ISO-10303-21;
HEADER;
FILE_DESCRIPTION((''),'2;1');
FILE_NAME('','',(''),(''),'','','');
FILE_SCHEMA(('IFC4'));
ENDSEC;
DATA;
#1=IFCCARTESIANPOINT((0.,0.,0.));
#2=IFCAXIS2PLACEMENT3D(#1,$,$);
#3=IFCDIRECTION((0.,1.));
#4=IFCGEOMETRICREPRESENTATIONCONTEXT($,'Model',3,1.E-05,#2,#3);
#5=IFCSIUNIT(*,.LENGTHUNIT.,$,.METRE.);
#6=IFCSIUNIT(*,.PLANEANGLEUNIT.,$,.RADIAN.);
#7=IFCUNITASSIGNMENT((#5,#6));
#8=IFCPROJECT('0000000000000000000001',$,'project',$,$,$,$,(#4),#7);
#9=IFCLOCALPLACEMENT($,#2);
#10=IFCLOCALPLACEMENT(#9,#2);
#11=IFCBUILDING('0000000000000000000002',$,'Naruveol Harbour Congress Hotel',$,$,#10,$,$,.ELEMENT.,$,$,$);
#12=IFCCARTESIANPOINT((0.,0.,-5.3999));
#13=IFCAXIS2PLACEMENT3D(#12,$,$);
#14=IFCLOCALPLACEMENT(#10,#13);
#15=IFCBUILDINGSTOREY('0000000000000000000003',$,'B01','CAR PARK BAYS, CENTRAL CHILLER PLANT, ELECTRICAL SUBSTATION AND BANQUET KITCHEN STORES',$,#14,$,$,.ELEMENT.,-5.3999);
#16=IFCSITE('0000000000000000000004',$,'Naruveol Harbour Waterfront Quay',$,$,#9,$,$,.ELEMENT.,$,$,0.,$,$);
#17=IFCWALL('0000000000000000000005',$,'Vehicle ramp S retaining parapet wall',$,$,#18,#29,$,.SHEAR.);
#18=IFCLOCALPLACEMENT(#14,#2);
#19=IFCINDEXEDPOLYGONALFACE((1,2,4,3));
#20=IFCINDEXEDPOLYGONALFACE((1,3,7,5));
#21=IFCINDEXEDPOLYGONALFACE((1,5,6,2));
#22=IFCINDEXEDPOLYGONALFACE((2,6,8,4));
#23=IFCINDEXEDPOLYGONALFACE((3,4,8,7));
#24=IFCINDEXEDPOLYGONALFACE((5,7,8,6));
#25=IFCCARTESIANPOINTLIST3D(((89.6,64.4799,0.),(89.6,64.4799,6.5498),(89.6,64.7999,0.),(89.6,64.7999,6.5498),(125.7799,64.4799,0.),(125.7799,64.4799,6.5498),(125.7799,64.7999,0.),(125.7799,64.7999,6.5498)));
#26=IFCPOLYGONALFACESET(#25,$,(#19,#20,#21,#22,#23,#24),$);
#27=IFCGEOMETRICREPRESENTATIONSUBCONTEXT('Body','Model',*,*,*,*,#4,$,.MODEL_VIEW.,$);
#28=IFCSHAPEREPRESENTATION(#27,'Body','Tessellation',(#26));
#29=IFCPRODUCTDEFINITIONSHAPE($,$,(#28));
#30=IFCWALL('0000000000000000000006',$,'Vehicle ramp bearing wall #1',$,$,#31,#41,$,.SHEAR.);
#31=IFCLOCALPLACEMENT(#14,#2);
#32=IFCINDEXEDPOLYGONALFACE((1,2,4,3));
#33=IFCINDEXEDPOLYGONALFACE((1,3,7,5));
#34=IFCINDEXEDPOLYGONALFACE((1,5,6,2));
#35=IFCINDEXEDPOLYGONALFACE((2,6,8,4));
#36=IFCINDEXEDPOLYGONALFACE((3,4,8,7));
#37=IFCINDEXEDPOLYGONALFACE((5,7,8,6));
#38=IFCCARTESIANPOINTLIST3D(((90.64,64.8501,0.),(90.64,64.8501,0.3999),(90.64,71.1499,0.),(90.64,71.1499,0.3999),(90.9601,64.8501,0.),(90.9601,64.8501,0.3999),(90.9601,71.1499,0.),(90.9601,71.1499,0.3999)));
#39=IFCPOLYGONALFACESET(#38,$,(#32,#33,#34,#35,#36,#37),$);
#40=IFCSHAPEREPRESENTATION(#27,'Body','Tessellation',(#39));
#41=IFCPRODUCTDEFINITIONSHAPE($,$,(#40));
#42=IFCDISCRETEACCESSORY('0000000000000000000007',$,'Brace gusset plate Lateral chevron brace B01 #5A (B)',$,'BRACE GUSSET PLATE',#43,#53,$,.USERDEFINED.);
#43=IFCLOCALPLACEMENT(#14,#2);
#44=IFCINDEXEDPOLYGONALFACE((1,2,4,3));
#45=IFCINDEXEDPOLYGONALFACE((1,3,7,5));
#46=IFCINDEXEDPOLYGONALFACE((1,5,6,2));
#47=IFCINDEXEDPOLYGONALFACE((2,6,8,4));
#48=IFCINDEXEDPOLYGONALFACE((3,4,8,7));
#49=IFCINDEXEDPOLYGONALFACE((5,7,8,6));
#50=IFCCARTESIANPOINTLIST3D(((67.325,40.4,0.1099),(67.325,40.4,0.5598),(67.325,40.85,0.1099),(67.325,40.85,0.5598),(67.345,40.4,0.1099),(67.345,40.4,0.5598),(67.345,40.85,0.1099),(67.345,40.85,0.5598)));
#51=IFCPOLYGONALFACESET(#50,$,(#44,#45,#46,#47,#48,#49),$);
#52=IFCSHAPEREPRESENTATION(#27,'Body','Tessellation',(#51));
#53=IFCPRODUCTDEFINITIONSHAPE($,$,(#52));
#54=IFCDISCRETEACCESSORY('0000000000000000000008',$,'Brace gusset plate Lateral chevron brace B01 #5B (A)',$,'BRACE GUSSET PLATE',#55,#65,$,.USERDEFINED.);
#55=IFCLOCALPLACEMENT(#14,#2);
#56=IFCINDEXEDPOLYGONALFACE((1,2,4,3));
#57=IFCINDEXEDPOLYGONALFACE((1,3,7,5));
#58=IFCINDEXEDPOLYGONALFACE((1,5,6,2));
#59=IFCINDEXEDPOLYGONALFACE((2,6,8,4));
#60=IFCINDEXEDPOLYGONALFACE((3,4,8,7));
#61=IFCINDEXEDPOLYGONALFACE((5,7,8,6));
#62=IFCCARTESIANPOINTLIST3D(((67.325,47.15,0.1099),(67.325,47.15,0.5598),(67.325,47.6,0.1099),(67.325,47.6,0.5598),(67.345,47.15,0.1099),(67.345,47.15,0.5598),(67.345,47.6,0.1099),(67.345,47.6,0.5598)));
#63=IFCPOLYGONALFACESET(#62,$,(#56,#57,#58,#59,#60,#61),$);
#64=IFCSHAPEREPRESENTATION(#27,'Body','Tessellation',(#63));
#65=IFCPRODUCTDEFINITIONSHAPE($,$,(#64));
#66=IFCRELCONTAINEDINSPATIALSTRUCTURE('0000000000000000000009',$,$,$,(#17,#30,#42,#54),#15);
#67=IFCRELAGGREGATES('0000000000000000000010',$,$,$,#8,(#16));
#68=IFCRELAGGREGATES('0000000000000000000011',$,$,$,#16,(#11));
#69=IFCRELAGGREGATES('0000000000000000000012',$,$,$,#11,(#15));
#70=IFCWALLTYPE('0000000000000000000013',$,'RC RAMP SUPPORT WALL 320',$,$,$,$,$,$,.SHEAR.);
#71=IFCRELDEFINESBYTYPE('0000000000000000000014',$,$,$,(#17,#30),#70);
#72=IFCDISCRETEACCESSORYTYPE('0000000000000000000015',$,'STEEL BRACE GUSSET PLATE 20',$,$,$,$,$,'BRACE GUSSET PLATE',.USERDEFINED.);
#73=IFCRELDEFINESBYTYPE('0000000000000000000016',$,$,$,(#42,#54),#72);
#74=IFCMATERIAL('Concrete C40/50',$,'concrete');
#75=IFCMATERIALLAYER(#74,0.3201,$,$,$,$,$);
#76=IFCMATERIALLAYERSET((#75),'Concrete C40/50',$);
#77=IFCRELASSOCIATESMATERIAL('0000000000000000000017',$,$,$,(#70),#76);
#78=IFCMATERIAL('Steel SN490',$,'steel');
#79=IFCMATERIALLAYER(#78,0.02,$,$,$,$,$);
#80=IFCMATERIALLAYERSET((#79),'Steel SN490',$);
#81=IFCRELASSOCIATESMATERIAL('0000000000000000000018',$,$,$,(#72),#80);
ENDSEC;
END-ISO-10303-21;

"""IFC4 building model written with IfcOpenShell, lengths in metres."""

from ifc_helpers import new_model, si_unit, direction, frame, frame_2d, origin, origin_2d, place, context, subcontext, project, spatial, rectangle, extrude, material, layer, layer_set, type_object, element, save


model = new_model("IFC4")

# Units and contexts
model_context = context("Model", 3, precision=1e-05, world=origin(), true_north=direction((0.0, 1.0)))
body_context = subcontext(model_context, "Body", "Model", "MODEL_VIEW")
ifc_project = project(units=[si_unit("LENGTHUNIT", "METRE"), si_unit("PLANEANGLEUNIT", "RADIAN")], contexts=[model_context])

# Site, building, storey
site_placement = place(None, origin())
site = spatial("IfcSite", under=ifc_project, at=site_placement, Name="Naruveol Harbour Waterfront Quay", CompositionType="ELEMENT", RefElevation=0.0)
building_placement = place(site_placement, origin())
building = spatial("IfcBuilding", under=site, at=building_placement, Name="Naruveol Harbour Congress Hotel", CompositionType="ELEMENT")
storey_placement = place(building_placement, frame((0.0, 0.0, -5.3999)))
storey = spatial("IfcBuildingStorey", under=building, at=storey_placement, Name="B01", Description="CAR PARK BAYS, CENTRAL CHILLER PLANT, ELECTRICAL SUBSTATION AND BANQUET KITCHEN STORES", CompositionType="ELEMENT", Elevation=-5.3999)

# Walls
ifc_material_1 = material(Name="Concrete C40/50", Category="concrete")
ifc_layer_1 = layer(ifc_material_1, 0.3201)
ifc_layer_set_1 = layer_set([ifc_layer_1], Name="Concrete C40/50")
wall_type = type_object("IfcWallType", Name="RC RAMP SUPPORT WALL 320", PredefinedType="SHEAR", material=ifc_layer_set_1)
wall_1_placement = place(storey_placement, frame((89.6001, 64.6399, 0.0), z_axis=(0.0, 0.0, 1.0), x_axis=(1.0, 0.0, 0.0)))
element("IfcWall", 1, at=wall_1_placement, inside=storey, type_object=wall_type, Name="Vehicle ramp S retaining parapet wall", PredefinedType="SHEAR", context=body_context, shape_type="SweptSolid", body=[
    extrude(rectangle(XDim=36.1799, YDim=0.3201, at=frame_2d((18.0898, 0.0))), origin(), (0.0, 0.0, 1.0), 6.5498),
])
wall_2_placement = place(storey_placement, frame((90.8, 64.8501, 0.0), z_axis=(0.0, 0.0, 1.0), x_axis=(0.0, 1.0, 0.0)))
element("IfcWall", 2, at=wall_2_placement, inside=storey, type_object=wall_type, Name="Vehicle ramp bearing wall #1", PredefinedType="SHEAR", context=body_context, shape_type="SweptSolid", body=[
    extrude(rectangle(XDim=6.2998, YDim=0.3201, at=frame_2d((3.1499, 0.0))), origin(), (0.0, 0.0, 1.0), 0.3999),
])

# Discrete accessories
ifc_material_2 = material(Name="Steel SN490", Category="steel")
ifc_layer_2 = layer(ifc_material_2, 0.02)
ifc_layer_set_2 = layer_set([ifc_layer_2], Name="Steel SN490")
discrete_accessory_type = type_object("IfcDiscreteAccessoryType", Name="STEEL BRACE GUSSET PLATE 20", ElementType="BRACE GUSSET PLATE", PredefinedType="USERDEFINED", material=ifc_layer_set_2)
for number, where, z_axis, x_axis, name in (
    (3, (67.335, 40.625, 0.1099), (0.0, 0.0, 1.0), (0.0, 1.0, 0.0), "Brace gusset plate Lateral chevron brace B01 #5A (B)"),
    (4, (67.335, 47.375, 0.1099), (0.0, 0.0, 1.0), (0.0, -1.0, 0.0), "Brace gusset plate Lateral chevron brace B01 #5B (A)"),
):
    element("IfcDiscreteAccessory", number, at=place(storey_placement, frame(where, z_axis=z_axis, x_axis=x_axis)), inside=storey, type_object=discrete_accessory_type, Name=name, ObjectType="BRACE GUSSET PLATE", PredefinedType="USERDEFINED", context=body_context, shape_type="SweptSolid", body=[
        extrude(rectangle(XDim=0.45, YDim=0.02, at=origin_2d()), origin(), (0.0, 0.0, 1.0), 0.45),
    ])

save(model, "model.ifc")
